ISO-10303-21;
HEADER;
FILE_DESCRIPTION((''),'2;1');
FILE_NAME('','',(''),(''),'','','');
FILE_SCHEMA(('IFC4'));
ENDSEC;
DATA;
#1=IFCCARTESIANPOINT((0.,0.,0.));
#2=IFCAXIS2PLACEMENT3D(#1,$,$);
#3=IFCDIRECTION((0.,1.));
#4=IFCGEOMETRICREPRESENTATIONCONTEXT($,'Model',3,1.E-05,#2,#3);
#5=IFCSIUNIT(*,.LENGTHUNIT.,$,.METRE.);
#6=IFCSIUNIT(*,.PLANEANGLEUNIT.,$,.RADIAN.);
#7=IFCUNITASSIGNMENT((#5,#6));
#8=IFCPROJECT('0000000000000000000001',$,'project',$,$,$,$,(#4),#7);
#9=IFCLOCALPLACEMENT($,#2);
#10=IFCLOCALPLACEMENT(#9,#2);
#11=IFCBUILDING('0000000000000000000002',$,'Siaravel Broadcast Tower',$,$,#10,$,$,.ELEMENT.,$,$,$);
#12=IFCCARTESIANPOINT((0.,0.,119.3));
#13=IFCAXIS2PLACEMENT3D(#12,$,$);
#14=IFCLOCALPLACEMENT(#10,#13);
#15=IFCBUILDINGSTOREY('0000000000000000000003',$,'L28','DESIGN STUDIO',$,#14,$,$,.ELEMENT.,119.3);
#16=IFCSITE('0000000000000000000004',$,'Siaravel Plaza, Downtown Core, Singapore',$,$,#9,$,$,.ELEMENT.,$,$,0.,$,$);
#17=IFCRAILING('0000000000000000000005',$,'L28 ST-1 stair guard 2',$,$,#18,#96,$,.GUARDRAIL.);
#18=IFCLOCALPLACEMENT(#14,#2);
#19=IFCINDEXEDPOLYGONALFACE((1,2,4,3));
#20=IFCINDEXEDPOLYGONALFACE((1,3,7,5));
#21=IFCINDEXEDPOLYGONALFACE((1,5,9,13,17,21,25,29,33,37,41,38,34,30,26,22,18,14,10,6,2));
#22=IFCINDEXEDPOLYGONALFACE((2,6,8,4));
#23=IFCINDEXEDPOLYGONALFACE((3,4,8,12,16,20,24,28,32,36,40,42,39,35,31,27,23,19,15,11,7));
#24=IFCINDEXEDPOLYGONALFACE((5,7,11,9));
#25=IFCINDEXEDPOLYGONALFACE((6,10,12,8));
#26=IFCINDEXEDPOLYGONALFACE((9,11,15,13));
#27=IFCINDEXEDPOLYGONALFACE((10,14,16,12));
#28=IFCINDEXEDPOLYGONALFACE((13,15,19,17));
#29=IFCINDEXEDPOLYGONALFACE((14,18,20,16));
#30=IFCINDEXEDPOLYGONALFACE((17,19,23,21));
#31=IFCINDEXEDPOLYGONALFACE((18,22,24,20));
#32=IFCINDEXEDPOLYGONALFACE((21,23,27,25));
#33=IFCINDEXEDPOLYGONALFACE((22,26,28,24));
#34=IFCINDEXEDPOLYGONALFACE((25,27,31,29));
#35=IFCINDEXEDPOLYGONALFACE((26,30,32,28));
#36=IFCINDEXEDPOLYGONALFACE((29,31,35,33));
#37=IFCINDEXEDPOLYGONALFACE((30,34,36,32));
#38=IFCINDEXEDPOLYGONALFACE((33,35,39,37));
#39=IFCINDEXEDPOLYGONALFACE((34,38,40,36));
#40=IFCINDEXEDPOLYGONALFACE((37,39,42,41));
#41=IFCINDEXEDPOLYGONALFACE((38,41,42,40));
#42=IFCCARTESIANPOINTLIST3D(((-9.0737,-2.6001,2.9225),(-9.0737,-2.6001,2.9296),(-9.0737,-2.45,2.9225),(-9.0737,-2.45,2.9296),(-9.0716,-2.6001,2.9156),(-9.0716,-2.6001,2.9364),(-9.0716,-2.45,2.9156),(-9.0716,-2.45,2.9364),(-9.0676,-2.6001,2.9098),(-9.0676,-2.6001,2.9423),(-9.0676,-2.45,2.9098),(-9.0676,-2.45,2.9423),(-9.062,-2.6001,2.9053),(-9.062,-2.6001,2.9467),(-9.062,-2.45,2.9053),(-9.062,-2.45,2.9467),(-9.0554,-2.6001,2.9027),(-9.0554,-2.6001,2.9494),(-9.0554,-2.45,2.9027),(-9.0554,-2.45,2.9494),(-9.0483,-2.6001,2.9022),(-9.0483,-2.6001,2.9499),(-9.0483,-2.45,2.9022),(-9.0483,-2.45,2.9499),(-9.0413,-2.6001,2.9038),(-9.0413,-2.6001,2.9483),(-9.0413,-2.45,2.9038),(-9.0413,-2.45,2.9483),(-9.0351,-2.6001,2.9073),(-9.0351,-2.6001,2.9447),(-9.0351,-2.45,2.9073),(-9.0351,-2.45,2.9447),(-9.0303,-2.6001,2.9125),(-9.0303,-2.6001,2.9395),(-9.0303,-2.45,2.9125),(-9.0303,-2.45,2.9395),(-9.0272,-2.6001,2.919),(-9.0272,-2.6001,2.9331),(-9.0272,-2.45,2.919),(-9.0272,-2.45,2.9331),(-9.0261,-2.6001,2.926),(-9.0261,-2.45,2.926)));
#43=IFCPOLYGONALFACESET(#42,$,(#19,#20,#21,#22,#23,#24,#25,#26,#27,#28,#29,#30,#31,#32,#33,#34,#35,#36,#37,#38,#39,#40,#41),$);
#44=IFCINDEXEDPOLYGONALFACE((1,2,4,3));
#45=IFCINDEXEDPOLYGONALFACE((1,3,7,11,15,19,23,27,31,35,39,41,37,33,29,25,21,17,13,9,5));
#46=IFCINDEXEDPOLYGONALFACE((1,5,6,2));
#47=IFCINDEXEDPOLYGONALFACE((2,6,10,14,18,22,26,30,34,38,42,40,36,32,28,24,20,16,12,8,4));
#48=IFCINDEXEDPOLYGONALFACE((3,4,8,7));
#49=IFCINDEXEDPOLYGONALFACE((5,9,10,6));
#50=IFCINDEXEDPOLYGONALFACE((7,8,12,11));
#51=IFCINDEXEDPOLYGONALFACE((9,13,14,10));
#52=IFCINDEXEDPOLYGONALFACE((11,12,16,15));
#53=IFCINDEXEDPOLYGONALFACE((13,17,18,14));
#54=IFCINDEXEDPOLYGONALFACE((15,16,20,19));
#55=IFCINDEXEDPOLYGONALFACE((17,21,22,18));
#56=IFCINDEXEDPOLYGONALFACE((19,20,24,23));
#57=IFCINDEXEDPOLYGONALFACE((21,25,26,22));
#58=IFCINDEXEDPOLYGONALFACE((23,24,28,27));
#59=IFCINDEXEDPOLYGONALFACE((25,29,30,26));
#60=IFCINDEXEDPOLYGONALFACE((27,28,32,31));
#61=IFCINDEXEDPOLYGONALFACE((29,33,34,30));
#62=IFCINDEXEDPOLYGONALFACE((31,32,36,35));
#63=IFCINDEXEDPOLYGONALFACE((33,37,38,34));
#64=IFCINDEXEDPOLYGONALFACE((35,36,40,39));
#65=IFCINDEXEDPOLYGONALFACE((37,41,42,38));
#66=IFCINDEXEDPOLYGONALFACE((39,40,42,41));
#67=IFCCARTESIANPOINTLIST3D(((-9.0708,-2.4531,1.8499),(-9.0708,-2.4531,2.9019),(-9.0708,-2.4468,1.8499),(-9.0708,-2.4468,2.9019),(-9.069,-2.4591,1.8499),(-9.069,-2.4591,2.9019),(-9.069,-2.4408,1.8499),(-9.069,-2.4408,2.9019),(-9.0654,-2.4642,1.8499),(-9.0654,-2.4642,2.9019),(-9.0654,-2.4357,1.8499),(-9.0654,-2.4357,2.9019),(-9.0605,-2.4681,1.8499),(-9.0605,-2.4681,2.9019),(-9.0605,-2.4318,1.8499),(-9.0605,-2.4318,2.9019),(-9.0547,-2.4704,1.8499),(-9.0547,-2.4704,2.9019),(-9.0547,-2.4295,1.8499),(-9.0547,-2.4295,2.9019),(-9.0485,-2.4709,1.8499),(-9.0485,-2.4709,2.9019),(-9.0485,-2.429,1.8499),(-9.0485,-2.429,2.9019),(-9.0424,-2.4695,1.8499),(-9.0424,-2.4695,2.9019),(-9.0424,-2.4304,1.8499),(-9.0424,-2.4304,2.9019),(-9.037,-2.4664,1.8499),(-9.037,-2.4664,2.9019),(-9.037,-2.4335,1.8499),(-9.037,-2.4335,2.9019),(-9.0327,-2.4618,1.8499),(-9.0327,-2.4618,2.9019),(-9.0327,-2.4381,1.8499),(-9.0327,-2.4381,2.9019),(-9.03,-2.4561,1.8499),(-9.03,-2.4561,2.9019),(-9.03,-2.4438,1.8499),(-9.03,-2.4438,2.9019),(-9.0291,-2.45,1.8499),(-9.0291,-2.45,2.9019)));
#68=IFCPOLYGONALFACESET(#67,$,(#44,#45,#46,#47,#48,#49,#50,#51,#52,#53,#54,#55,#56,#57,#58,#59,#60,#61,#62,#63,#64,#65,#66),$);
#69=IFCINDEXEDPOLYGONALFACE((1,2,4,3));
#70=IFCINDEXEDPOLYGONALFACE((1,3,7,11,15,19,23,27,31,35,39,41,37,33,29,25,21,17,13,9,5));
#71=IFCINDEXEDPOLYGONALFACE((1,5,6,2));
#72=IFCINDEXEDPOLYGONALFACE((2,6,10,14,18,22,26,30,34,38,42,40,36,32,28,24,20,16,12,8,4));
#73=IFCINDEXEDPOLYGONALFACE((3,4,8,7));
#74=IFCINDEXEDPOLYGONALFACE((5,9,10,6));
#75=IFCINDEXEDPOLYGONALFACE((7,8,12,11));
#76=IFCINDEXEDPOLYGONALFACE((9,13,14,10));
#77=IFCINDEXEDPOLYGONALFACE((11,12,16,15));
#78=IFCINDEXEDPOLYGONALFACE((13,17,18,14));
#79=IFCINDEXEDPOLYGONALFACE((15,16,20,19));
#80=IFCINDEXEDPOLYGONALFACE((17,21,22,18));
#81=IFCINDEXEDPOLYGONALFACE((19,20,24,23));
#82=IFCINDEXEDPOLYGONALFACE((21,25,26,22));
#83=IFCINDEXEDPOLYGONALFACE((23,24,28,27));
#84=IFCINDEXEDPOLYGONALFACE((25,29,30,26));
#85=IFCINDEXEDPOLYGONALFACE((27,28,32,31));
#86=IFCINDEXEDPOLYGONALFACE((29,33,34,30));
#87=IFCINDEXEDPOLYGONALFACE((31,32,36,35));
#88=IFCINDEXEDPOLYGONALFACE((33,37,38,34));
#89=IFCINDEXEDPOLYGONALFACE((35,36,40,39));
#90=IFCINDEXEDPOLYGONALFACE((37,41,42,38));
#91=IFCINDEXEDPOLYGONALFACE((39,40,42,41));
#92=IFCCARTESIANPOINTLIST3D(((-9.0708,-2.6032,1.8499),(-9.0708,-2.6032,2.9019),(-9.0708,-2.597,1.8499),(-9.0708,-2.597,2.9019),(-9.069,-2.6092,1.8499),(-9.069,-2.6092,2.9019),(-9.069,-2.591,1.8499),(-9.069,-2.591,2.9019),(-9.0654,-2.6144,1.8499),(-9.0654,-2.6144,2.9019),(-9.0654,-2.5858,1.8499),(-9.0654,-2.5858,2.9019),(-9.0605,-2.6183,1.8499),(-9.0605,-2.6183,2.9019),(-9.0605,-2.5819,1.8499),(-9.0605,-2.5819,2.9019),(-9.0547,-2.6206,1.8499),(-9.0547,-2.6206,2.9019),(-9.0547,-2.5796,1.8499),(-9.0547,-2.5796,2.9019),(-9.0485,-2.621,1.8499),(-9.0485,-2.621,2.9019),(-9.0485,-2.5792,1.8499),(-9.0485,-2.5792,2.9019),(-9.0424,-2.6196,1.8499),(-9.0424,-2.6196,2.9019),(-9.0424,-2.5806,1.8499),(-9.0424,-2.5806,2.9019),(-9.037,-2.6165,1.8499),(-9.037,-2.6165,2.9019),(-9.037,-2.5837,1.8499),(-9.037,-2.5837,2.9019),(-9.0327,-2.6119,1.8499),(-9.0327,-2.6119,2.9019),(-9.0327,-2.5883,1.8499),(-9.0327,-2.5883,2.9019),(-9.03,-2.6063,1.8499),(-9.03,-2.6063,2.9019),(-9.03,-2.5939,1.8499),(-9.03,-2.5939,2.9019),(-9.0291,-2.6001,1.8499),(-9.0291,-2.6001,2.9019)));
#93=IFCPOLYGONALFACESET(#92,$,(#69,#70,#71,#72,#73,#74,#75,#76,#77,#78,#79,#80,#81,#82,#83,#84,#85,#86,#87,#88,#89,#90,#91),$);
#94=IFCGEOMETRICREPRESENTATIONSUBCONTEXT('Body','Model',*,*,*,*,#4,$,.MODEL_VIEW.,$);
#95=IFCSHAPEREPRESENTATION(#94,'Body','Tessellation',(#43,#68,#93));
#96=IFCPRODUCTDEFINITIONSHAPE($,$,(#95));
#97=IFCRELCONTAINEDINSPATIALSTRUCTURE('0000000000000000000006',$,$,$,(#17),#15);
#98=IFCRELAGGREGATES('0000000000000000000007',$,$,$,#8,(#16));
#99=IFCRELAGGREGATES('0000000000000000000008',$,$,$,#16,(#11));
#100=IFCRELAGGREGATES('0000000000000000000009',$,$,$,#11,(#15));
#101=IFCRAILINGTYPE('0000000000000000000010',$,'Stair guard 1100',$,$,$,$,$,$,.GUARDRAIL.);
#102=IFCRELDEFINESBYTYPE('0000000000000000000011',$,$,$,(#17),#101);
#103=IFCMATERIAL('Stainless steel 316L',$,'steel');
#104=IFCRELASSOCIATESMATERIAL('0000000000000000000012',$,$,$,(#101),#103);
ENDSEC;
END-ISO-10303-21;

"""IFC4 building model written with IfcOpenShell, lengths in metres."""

from ifc_helpers import new_model, si_unit, direction, frame, origin, origin_2d, place, context, subcontext, project, spatial, circle, extrude, material, type_object, element, save


model = new_model("IFC4")

# Units and contexts
model_context = context("Model", 3, precision=1e-05, world=origin(), true_north=direction((0.0, 1.0)))
body_context = subcontext(model_context, "Body", "Model", "MODEL_VIEW")
ifc_project = project(units=[si_unit("LENGTHUNIT", "METRE"), si_unit("PLANEANGLEUNIT", "RADIAN")], contexts=[model_context])

# Site, building, storey
site_placement = place(None, origin())
site = spatial("IfcSite", under=ifc_project, at=site_placement, Name="Siaravel Plaza, Downtown Core, Singapore", CompositionType="ELEMENT", RefElevation=0.0)
building_placement = place(site_placement, origin())
building = spatial("IfcBuilding", under=site, at=building_placement, Name="Siaravel Broadcast Tower", CompositionType="ELEMENT")
storey_placement = place(building_placement, frame((0.0, 0.0, 119.3)))
storey = spatial("IfcBuildingStorey", under=building, at=storey_placement, Name="L28", Description="DESIGN STUDIO", CompositionType="ELEMENT", Elevation=119.3)

# Shared definitions
ifc_material_1 = material(Name="Stainless steel 316L", Category="steel")

# Railing
railing_type_1 = type_object("IfcRailingType", Name="Stair guard 1100", PredefinedType="GUARDRAIL", material=ifc_material_1)
railing_1_placement = place(storey_placement, frame((-9.05, -2.45, 1.8499)))
element("IfcRailing", 1, at=railing_1_placement, inside=storey, type_object=railing_type_1, Name="L28 ST-1 stair guard 2", PredefinedType="GUARDRAIL", context=body_context, shape_type="SweptSolid", body=[
    extrude(circle(Radius=0.0239, at=origin_2d()), frame((0.0, 0.0, 1.0762), z_axis=(0.0, -1.0, 0.0), x_axis=(1.0, 0.0, 0.0)), (0.0, 0.0, 1.0), 0.1501),
    extrude(circle(Radius=0.021, at=origin_2d()), origin(), (0.0, 0.0, 1.0), 1.052),
    extrude(circle(Radius=0.021, at=origin_2d()), frame((0.0, -0.1501, 0.0)), (0.0, 0.0, 1.0), 1.052),
])

save(model, "model.ifc")
